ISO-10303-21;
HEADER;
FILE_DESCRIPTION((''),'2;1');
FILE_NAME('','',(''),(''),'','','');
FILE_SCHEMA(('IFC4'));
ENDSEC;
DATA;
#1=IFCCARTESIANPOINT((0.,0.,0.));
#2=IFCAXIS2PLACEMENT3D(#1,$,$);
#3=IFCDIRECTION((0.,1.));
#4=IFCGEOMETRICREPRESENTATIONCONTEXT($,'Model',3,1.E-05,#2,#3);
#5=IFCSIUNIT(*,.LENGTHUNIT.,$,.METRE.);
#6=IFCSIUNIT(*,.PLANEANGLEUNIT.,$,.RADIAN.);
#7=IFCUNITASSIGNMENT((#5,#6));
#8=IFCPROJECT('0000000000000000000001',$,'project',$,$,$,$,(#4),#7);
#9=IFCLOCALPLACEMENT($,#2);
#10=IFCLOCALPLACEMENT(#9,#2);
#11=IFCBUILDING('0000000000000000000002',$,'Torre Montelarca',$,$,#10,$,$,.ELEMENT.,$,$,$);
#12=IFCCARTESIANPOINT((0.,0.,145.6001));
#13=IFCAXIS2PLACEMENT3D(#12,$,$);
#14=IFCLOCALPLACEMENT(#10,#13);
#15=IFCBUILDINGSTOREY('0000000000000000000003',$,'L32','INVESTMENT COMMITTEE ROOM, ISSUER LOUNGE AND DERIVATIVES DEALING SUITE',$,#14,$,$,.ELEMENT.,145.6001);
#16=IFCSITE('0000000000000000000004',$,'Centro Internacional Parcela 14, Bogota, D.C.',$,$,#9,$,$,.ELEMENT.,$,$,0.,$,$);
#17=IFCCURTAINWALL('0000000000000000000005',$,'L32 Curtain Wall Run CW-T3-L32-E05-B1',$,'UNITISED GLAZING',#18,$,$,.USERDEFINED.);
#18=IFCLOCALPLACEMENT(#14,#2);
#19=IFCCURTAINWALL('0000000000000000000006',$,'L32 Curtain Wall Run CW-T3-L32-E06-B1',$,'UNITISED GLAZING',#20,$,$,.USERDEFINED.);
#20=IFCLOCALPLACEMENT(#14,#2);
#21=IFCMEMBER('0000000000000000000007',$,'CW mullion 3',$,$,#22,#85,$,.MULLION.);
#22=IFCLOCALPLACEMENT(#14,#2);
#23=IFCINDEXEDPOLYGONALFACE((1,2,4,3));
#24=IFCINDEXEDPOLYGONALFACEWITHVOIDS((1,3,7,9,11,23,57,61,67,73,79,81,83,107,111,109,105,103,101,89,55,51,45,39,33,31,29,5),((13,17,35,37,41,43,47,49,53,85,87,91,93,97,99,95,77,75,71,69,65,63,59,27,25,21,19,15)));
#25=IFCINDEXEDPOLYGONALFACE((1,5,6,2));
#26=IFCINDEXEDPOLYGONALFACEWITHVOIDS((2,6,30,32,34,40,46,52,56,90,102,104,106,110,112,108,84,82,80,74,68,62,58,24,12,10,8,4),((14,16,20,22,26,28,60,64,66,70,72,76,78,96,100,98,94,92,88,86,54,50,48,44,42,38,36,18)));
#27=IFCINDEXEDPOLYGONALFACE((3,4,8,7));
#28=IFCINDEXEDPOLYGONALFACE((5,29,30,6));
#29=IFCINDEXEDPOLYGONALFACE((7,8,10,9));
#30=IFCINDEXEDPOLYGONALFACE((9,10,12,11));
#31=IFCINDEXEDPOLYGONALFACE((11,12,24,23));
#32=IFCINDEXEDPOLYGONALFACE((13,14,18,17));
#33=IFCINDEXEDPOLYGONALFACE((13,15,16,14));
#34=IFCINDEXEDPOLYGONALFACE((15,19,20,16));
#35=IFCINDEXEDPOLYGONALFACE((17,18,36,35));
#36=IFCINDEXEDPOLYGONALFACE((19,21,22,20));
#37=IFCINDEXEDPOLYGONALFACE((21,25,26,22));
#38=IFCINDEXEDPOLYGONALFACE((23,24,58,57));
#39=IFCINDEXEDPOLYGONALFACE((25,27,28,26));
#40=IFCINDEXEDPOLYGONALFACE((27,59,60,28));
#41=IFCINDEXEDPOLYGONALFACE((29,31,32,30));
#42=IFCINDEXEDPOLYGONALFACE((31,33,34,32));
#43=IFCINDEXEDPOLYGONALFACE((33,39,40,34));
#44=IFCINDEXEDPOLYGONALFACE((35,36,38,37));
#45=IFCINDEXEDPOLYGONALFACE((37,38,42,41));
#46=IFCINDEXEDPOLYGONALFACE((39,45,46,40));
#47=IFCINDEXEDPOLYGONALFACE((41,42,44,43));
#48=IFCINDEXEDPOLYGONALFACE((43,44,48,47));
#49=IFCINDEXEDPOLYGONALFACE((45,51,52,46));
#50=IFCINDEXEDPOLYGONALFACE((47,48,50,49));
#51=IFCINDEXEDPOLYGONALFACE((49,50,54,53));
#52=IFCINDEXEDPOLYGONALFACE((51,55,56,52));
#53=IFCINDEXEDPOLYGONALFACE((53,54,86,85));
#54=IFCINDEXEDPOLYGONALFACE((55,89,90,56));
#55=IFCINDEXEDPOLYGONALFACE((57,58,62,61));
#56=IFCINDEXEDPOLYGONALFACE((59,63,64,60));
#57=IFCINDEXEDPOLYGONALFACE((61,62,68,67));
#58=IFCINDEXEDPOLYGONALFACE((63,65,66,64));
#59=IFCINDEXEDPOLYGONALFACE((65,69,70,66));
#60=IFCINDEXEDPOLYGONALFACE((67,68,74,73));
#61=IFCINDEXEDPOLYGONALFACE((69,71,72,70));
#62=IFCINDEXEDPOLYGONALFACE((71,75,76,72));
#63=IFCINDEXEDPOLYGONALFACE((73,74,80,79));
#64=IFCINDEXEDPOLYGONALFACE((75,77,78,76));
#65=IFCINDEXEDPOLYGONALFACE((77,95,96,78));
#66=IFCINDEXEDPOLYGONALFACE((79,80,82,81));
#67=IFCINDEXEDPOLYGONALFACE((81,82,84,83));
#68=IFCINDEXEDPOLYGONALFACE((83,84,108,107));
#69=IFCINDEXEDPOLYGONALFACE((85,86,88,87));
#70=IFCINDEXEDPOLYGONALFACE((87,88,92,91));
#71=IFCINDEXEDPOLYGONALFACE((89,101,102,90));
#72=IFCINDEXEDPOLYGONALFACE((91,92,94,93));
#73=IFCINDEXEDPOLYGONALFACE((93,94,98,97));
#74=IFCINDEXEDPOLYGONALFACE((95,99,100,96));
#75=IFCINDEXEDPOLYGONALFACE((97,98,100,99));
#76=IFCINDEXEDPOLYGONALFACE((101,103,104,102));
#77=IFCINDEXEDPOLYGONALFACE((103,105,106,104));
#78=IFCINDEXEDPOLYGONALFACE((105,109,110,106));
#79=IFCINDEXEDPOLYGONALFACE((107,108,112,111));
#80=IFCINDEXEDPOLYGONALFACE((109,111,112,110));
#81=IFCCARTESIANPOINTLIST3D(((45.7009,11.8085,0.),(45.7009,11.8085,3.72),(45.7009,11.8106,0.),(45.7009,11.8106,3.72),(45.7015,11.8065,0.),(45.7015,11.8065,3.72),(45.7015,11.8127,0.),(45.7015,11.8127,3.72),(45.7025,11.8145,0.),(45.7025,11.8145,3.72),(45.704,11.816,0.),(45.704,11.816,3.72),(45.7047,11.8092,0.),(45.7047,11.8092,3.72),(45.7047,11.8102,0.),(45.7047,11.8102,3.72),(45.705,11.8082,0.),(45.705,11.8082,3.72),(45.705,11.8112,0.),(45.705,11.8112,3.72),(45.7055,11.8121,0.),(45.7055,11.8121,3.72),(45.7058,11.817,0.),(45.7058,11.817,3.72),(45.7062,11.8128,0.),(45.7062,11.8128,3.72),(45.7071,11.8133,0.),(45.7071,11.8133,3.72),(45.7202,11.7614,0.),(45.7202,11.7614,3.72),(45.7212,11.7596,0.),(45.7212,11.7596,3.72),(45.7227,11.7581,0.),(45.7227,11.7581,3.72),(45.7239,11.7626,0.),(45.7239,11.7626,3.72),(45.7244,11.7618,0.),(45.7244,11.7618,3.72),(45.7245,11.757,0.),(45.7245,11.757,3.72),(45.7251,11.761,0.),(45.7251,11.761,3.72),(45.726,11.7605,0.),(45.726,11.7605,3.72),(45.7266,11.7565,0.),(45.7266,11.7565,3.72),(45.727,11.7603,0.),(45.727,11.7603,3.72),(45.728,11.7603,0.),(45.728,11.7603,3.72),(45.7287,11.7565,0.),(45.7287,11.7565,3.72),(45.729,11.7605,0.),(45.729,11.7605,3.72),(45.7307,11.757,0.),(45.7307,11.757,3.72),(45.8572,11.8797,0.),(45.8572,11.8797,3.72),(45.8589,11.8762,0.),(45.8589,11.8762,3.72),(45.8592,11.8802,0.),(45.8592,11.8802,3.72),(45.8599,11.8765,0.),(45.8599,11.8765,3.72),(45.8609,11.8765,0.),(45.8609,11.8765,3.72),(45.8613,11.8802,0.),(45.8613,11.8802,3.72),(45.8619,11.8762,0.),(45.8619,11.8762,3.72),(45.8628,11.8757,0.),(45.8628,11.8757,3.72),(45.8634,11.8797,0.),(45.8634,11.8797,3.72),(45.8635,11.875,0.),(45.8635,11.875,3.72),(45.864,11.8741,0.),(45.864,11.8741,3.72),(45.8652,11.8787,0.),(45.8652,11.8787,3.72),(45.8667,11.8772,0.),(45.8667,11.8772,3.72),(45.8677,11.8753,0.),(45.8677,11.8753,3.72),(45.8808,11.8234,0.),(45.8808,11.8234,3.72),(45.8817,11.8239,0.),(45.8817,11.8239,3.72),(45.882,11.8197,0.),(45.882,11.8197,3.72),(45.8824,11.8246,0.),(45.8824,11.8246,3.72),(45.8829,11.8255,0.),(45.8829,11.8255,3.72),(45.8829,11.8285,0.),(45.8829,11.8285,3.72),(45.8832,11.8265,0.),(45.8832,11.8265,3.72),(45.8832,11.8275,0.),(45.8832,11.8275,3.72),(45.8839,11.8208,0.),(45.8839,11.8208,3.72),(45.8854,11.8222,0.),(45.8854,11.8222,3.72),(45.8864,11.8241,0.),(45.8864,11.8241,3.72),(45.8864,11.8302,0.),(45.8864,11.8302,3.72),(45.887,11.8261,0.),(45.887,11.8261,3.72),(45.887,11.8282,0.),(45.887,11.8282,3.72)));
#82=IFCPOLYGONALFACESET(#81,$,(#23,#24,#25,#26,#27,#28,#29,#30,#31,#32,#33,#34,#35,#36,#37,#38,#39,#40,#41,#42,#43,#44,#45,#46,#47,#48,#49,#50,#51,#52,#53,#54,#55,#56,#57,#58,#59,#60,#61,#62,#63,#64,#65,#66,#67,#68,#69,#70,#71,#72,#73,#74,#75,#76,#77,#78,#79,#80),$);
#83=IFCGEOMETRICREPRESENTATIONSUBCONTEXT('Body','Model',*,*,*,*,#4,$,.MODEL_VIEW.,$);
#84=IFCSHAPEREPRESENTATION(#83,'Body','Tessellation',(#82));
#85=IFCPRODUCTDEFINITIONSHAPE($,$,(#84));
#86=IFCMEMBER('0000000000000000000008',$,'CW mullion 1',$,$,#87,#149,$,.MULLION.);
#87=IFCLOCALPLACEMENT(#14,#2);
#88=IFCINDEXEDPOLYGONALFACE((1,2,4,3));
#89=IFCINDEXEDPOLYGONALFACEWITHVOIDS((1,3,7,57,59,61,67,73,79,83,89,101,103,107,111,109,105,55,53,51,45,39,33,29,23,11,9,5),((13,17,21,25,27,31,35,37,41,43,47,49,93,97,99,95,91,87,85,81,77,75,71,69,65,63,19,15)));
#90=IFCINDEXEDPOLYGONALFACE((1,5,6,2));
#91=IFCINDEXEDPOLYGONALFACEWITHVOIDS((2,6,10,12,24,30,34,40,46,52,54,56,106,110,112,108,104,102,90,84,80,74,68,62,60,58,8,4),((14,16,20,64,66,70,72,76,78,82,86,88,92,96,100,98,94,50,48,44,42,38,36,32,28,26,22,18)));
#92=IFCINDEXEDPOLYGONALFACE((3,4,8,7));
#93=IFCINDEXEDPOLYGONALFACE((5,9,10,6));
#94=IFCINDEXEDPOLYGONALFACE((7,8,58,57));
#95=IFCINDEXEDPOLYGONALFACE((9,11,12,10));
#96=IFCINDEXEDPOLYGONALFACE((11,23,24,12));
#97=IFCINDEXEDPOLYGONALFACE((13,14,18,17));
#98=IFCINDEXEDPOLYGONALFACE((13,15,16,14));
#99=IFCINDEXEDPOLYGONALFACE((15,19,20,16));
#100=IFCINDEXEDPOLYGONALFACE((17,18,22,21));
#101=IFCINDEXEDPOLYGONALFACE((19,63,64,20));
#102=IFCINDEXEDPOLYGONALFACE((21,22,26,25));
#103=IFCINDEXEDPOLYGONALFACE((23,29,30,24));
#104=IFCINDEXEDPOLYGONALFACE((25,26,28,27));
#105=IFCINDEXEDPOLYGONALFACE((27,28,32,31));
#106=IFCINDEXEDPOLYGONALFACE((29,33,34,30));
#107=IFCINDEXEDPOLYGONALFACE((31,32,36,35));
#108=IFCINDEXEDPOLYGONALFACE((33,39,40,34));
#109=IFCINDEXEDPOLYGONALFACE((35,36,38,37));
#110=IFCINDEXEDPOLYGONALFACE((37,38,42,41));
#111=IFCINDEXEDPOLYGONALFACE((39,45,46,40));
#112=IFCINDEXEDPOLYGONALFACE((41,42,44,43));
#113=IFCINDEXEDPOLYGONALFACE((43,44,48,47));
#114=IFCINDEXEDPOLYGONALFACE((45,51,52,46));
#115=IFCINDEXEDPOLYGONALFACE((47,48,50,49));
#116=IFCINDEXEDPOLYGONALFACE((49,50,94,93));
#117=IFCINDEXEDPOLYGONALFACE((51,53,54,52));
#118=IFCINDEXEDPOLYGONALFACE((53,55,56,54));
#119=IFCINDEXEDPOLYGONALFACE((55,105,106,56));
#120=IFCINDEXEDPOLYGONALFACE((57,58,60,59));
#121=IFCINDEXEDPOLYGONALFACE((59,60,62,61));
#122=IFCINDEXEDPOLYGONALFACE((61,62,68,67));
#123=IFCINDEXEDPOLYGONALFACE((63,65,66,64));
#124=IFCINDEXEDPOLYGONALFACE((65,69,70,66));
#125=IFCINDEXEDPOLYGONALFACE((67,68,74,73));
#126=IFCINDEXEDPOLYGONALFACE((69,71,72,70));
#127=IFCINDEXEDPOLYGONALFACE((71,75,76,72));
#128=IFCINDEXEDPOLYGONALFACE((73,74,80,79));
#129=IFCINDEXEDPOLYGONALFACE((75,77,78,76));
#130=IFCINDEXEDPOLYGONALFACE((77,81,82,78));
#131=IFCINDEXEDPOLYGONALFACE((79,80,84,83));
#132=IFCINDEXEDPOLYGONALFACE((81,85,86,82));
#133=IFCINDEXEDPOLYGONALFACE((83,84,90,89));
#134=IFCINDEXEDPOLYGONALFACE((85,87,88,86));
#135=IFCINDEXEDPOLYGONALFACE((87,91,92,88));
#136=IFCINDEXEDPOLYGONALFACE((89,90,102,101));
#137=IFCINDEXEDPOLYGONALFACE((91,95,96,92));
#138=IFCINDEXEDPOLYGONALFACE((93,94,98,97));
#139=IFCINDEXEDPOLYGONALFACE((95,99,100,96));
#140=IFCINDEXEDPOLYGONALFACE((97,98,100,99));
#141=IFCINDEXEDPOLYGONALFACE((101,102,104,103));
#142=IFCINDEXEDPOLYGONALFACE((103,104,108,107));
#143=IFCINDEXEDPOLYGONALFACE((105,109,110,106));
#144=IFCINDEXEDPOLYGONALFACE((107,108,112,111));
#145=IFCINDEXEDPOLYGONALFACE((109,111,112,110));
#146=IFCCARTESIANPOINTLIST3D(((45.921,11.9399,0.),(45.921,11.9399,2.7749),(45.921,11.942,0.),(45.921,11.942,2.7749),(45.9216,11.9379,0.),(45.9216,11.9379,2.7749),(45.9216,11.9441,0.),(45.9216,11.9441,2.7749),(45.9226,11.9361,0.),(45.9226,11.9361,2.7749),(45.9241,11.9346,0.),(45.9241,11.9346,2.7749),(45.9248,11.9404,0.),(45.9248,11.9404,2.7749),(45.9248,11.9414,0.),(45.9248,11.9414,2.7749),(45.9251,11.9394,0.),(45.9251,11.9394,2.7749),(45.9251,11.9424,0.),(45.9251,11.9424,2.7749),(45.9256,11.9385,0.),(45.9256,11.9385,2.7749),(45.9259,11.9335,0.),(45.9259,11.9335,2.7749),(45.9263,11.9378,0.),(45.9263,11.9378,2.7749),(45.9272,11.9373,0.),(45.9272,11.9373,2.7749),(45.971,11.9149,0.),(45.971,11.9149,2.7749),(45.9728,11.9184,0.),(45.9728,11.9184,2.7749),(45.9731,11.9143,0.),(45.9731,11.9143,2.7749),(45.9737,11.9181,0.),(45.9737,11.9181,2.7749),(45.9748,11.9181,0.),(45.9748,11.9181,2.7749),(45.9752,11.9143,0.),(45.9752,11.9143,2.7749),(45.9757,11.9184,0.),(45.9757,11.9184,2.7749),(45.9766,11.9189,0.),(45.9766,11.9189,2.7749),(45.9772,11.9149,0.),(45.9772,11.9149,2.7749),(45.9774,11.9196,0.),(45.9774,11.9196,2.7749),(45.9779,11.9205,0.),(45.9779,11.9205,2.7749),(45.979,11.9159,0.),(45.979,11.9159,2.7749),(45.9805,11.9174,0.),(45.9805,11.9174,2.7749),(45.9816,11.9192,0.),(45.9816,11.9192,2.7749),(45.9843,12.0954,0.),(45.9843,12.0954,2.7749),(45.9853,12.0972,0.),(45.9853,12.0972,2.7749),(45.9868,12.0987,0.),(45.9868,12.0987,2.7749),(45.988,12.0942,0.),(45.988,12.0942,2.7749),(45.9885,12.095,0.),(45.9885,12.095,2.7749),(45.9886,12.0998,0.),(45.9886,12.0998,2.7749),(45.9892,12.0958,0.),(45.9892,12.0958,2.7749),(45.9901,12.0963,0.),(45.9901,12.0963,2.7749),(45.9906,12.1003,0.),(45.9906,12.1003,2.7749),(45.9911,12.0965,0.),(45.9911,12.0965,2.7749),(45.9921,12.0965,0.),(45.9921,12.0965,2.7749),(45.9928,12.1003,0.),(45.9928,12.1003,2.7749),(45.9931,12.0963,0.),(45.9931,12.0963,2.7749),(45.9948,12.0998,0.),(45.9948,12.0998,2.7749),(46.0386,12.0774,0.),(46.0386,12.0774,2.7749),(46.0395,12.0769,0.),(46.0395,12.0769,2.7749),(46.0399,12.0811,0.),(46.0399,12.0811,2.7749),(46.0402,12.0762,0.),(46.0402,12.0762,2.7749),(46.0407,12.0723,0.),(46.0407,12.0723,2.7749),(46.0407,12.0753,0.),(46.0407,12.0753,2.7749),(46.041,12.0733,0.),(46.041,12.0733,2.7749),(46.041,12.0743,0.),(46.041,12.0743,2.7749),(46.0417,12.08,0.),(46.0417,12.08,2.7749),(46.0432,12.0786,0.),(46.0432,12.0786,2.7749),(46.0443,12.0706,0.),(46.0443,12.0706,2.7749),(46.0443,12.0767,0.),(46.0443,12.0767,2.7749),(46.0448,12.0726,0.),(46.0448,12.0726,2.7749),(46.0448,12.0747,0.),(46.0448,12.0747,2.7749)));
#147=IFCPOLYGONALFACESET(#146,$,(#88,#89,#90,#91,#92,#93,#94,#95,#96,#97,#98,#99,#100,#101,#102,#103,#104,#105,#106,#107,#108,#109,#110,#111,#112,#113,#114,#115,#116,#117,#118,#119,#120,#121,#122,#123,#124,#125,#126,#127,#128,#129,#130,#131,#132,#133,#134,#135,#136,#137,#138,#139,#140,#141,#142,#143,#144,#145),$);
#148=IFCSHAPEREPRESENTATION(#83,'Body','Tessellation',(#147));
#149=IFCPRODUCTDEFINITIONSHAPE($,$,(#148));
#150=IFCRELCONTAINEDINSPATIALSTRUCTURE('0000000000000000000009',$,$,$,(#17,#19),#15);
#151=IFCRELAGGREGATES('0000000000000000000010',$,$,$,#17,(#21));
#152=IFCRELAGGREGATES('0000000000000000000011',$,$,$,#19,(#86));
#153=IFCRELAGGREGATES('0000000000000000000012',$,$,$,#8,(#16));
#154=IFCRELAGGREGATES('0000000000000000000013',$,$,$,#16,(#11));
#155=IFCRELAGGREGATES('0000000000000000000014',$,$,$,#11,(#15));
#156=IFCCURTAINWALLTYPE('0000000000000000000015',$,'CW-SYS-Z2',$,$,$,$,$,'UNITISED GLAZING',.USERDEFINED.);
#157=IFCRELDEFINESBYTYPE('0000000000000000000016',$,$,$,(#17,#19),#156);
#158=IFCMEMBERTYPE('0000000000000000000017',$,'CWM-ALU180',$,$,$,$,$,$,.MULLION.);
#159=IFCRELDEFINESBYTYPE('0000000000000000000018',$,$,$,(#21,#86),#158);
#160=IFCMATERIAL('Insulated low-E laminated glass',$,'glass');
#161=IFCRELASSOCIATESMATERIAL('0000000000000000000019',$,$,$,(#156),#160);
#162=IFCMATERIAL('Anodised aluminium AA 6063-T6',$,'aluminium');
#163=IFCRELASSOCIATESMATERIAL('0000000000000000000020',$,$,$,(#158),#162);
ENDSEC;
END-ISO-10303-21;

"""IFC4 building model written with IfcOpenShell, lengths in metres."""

from ifc_helpers import new_model, si_unit, direction, frame, origin, origin_2d, place, context, subcontext, project, spatial, hollow_rectangle, extrude, source, transform, mapped, material, material_profile, profile_set, type_object, element, aggregate, save


model = new_model("IFC4")

# Units and contexts
model_context = context("Model", 3, precision=1e-05, world=origin(), true_north=direction((0.0, 1.0)))
body_context = subcontext(model_context, "Body", "Model", "MODEL_VIEW")
ifc_project = project(units=[si_unit("LENGTHUNIT", "METRE"), si_unit("PLANEANGLEUNIT", "RADIAN")], contexts=[model_context])

# Site, building, storey
site_placement = place(None, origin())
site = spatial("IfcSite", under=ifc_project, at=site_placement, Name="Centro Internacional Parcela 14, Bogota, D.C.", CompositionType="ELEMENT", RefElevation=0.0)
building_placement = place(site_placement, origin())
building = spatial("IfcBuilding", under=site, at=building_placement, Name="Torre Montelarca", CompositionType="ELEMENT")
storey_placement = place(building_placement, frame((0.0, 0.0, 145.6001)))
storey = spatial("IfcBuildingStorey", under=building, at=storey_placement, Name="L32", Description="INVESTMENT COMMITTEE ROOM, ISSUER LOUNGE AND DERIVATIVES DEALING SUITE", CompositionType="ELEMENT", Elevation=145.6001)

# Curtain walls
ifc_material_1 = material(Name="Insulated low-E laminated glass", Category="glass")
curtain_wall_type = type_object("IfcCurtainWallType", Name="CW-SYS-Z2", ElementType="UNITISED GLAZING", PredefinedType="USERDEFINED", material=ifc_material_1)
curtain_wall_1_placement = place(storey_placement, origin())
curtain_wall_1 = element("IfcCurtainWall", 1, at=curtain_wall_1_placement, inside=storey, type_object=curtain_wall_type, Name="L32 Curtain Wall Run CW-T3-L32-E05-B1", ObjectType="UNITISED GLAZING", PredefinedType="USERDEFINED")
ifc_material_2 = material(Name="Anodised aluminium AA 6063-T6", Category="aluminium")
curtain_wall_2_placement = place(storey_placement, origin())
curtain_wall_2 = element("IfcCurtainWall", 2, at=curtain_wall_2_placement, inside=storey, type_object=curtain_wall_type, Name="L32 Curtain Wall Run CW-T3-L32-E06-B1", ObjectType="UNITISED GLAZING", PredefinedType="USERDEFINED")
ifc_material_profile_1 = material_profile(ifc_material_2, hollow_rectangle(XDim=0.0649, YDim=0.1799, WallThickness=0.0039, InnerFilletRadius=0.0039, OuterFilletRadius=0.0081, at=origin_2d()), Name="ALU65X180X4", Category="aluminium")
ifc_profile_set_1 = profile_set([ifc_material_profile_1], Name="Anodised aluminium AA 6063-T6")
member_type_1 = type_object("IfcMemberType", Name="CWM-ALU180", PredefinedType="MULLION", material=ifc_profile_set_1)
shared_shape_1 = source(origin(), body_context, "Body", "SweptSolid", [
    extrude(hollow_rectangle(XDim=0.0649, YDim=0.1799, WallThickness=0.0039, InnerFilletRadius=0.0039, OuterFilletRadius=0.0081, at=origin_2d()), origin(), (0.0, 0.0, 1.0), 3.72),
])

# Members
member_1_placement = place(storey_placement, frame((45.7939, 11.8184, 0.0), z_axis=(0.0, 0.0, 1.0), x_axis=(-0.382662, 0.923889, 0.0)))
member_1 = element("IfcMember", 3, at=member_1_placement, type_object=member_type_1, Name="CW mullion 3", PredefinedType="MULLION", context=body_context, shape_type="MappedRepresentation", body=[
    mapped(shared_shape_1, transform((0.0, 0.0, 0.0), scale=1.0)),
])
shared_shape_2 = source(origin(), body_context, "Body", "SweptSolid", [
    extrude(hollow_rectangle(XDim=0.0649, YDim=0.1799, WallThickness=0.0039, InnerFilletRadius=0.0039, OuterFilletRadius=0.0081, at=origin_2d()), origin(), (0.0, 0.0, 1.0), 2.7749),
])
member_2_placement = place(storey_placement, frame((45.9829, 12.0073, 0.0), z_axis=(0.0, 0.0, 1.0), x_axis=(-0.923881, 0.382679, 0.0)))
member_2 = element("IfcMember", 4, at=member_2_placement, type_object=member_type_1, Name="CW mullion 1", PredefinedType="MULLION", context=body_context, shape_type="MappedRepresentation", body=[
    mapped(shared_shape_2, transform((0.0, 0.0, 0.0), scale=1.0)),
])

aggregate(curtain_wall_1, [member_1])
aggregate(curtain_wall_2, [member_2])

save(model, "model.ifc")
